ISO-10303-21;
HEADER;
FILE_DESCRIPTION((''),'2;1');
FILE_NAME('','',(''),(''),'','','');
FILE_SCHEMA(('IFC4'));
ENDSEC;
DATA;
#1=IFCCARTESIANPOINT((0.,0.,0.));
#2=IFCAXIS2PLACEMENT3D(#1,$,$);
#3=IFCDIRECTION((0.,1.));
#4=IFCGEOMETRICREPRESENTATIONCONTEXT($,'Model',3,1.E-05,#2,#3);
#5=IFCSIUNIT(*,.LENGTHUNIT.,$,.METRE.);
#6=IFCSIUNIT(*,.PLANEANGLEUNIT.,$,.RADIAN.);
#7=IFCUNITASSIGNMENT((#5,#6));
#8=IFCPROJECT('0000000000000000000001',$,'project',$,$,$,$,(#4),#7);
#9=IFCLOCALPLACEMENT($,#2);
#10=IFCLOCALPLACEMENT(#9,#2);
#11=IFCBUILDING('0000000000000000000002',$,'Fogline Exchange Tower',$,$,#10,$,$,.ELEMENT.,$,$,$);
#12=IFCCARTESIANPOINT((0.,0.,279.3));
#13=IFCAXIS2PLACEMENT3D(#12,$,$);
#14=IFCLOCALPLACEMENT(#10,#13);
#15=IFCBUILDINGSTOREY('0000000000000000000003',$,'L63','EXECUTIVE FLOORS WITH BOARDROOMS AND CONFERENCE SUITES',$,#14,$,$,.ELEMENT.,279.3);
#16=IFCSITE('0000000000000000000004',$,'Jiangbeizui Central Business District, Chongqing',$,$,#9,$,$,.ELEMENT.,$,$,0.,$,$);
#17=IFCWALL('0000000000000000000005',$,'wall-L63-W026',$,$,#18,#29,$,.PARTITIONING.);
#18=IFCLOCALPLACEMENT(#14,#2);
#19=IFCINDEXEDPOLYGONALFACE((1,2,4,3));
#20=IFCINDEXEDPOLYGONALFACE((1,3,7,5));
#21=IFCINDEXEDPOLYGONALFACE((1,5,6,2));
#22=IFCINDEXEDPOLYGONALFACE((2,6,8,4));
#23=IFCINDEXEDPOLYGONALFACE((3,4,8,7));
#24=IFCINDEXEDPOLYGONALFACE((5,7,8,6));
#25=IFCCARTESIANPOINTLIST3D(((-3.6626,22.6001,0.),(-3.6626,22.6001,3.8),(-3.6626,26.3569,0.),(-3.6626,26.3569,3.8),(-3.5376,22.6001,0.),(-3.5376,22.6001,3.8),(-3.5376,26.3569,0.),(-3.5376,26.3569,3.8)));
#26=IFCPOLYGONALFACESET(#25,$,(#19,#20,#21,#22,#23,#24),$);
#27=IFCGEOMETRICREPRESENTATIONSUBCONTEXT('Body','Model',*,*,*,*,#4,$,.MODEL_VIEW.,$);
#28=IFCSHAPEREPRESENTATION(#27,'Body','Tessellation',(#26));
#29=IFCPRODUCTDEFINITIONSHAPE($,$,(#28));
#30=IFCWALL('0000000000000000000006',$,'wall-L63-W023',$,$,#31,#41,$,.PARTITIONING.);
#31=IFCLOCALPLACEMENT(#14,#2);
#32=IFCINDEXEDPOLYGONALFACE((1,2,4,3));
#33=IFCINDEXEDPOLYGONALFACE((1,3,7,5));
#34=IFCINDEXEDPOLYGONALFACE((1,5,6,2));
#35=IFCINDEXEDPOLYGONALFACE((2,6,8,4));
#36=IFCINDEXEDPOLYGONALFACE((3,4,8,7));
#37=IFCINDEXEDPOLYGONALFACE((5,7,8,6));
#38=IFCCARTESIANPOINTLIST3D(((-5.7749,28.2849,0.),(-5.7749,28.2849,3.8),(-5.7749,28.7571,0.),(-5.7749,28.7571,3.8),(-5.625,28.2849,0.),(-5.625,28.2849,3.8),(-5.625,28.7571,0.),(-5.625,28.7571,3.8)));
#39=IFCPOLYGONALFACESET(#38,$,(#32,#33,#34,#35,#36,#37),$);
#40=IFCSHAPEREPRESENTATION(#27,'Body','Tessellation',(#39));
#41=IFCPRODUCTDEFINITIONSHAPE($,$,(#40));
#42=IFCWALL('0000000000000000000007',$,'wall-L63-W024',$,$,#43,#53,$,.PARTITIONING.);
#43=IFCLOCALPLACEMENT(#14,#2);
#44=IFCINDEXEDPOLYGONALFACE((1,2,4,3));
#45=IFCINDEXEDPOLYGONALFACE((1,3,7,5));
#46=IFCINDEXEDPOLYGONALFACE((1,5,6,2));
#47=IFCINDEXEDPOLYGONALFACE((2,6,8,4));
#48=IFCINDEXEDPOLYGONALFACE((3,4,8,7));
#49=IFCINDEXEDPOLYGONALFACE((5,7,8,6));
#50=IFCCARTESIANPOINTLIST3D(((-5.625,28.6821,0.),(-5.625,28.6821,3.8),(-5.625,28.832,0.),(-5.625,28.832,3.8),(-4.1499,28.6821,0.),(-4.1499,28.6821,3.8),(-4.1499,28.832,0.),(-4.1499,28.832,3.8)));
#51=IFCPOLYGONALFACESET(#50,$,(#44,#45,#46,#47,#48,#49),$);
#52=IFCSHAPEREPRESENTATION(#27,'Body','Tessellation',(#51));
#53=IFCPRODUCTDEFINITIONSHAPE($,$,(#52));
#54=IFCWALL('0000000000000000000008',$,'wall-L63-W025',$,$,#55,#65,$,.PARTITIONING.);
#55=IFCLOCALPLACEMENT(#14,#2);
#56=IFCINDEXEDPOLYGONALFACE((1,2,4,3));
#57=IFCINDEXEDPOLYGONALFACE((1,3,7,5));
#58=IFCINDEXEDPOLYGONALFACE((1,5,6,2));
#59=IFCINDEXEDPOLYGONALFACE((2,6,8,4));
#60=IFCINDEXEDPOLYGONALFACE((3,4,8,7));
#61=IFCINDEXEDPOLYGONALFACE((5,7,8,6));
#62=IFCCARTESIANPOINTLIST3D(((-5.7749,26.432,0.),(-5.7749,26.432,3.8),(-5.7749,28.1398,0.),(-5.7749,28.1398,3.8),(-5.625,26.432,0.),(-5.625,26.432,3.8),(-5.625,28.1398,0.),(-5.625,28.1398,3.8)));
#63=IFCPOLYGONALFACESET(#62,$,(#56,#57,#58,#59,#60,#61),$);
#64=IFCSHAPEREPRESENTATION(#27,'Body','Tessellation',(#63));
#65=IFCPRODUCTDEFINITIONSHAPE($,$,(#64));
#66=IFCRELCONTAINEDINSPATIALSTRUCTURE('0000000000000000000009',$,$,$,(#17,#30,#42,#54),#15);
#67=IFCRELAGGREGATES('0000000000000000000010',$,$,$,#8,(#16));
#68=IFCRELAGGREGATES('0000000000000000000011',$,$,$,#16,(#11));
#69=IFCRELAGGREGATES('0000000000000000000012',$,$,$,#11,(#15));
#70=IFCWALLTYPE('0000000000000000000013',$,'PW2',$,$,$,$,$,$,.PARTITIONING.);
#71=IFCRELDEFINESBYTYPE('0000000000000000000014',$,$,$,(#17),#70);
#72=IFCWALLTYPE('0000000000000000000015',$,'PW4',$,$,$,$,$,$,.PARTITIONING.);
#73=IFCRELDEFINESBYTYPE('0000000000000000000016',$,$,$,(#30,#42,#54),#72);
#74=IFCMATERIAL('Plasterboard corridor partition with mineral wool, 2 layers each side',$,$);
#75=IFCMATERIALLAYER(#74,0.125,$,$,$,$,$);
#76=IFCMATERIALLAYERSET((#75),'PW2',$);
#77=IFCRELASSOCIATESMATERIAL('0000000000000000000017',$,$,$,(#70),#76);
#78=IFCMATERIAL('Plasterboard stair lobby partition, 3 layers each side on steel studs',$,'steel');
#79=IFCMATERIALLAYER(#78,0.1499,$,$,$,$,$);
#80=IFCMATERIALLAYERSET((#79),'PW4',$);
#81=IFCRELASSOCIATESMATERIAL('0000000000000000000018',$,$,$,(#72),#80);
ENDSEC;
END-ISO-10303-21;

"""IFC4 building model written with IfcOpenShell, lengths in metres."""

from ifc_helpers import new_model, si_unit, direction, frame, frame_2d, origin, place, context, subcontext, project, spatial, rectangle, extrude, material, layer, layer_set, type_object, element, save


model = new_model("IFC4")

# Units and contexts
model_context = context("Model", 3, precision=1e-05, world=origin(), true_north=direction((0.0, 1.0)))
body_context = subcontext(model_context, "Body", "Model", "MODEL_VIEW")
ifc_project = project(units=[si_unit("LENGTHUNIT", "METRE"), si_unit("PLANEANGLEUNIT", "RADIAN")], contexts=[model_context])

# Site, building, storey
site_placement = place(None, origin())
site = spatial("IfcSite", under=ifc_project, at=site_placement, Name="Jiangbeizui Central Business District, Chongqing", CompositionType="ELEMENT", RefElevation=0.0)
building_placement = place(site_placement, origin())
building = spatial("IfcBuilding", under=site, at=building_placement, Name="Fogline Exchange Tower", CompositionType="ELEMENT")
storey_placement = place(building_placement, frame((0.0, 0.0, 279.3)))
storey = spatial("IfcBuildingStorey", under=building, at=storey_placement, Name="L63", Description="EXECUTIVE FLOORS WITH BOARDROOMS AND CONFERENCE SUITES", CompositionType="ELEMENT", Elevation=279.3)

# Walls
ifc_material_1 = material(Name="Plasterboard corridor partition with mineral wool, 2 layers each side")
ifc_layer_1 = layer(ifc_material_1, 0.125)
ifc_layer_set_1 = layer_set([ifc_layer_1], Name="PW2")
wall_type_1 = type_object("IfcWallType", Name="PW2", PredefinedType="PARTITIONING", material=ifc_layer_set_1)
wall_1_placement = place(storey_placement, frame((-3.6001, 26.3569, 0.0), z_axis=(0.0, 0.0, 1.0), x_axis=(0.0, -1.0, 0.0)))
element("IfcWall", 1, at=wall_1_placement, inside=storey, type_object=wall_type_1, Name="wall-L63-W026", PredefinedType="PARTITIONING", context=body_context, shape_type="SweptSolid", body=[
    extrude(rectangle(XDim=3.7568, YDim=0.125, at=frame_2d((1.8784, 0.0))), origin(), (0.0, 0.0, 1.0), 3.8),
])
ifc_material_2 = material(Name="Plasterboard stair lobby partition, 3 layers each side on steel studs", Category="steel")
ifc_layer_2 = layer(ifc_material_2, 0.1499)
ifc_layer_set_2 = layer_set([ifc_layer_2], Name="PW4")
wall_type_2 = type_object("IfcWallType", Name="PW4", PredefinedType="PARTITIONING", material=ifc_layer_set_2)
wall_2_placement = place(storey_placement, frame((-5.7, 28.2849, 0.0), z_axis=(0.0, 0.0, 1.0), x_axis=(0.0, 1.0, 0.0)))
element("IfcWall", 2, at=wall_2_placement, inside=storey, type_object=wall_type_2, Name="wall-L63-W023", PredefinedType="PARTITIONING", context=body_context, shape_type="SweptSolid", body=[
    extrude(rectangle(XDim=0.4722, YDim=0.1499, at=frame_2d((0.2361, 0.0))), origin(), (0.0, 0.0, 1.0), 3.8),
])
wall_3_placement = place(storey_placement, frame((-5.625, 28.7571, 0.0), z_axis=(0.0, 0.0, 1.0), x_axis=(1.0, 0.0, 0.0)))
element("IfcWall", 3, at=wall_3_placement, inside=storey, type_object=wall_type_2, Name="wall-L63-W024", PredefinedType="PARTITIONING", context=body_context, shape_type="SweptSolid", body=[
    extrude(rectangle(XDim=1.4751, YDim=0.1499, at=frame_2d((0.7375, 0.0))), origin(), (0.0, 0.0, 1.0), 3.8),
])
wall_4_placement = place(storey_placement, frame((-5.7, 26.4319, 0.0), z_axis=(0.0, 0.0, 1.0), x_axis=(0.0, 1.0, 0.0)))
element("IfcWall", 4, at=wall_4_placement, inside=storey, type_object=wall_type_2, Name="wall-L63-W025", PredefinedType="PARTITIONING", context=body_context, shape_type="SweptSolid", body=[
    extrude(rectangle(XDim=1.7078, YDim=0.1499, at=frame_2d((0.854, 0.0))), origin(), (0.0, 0.0, 1.0), 3.8),
])

save(model, "model.ifc")
